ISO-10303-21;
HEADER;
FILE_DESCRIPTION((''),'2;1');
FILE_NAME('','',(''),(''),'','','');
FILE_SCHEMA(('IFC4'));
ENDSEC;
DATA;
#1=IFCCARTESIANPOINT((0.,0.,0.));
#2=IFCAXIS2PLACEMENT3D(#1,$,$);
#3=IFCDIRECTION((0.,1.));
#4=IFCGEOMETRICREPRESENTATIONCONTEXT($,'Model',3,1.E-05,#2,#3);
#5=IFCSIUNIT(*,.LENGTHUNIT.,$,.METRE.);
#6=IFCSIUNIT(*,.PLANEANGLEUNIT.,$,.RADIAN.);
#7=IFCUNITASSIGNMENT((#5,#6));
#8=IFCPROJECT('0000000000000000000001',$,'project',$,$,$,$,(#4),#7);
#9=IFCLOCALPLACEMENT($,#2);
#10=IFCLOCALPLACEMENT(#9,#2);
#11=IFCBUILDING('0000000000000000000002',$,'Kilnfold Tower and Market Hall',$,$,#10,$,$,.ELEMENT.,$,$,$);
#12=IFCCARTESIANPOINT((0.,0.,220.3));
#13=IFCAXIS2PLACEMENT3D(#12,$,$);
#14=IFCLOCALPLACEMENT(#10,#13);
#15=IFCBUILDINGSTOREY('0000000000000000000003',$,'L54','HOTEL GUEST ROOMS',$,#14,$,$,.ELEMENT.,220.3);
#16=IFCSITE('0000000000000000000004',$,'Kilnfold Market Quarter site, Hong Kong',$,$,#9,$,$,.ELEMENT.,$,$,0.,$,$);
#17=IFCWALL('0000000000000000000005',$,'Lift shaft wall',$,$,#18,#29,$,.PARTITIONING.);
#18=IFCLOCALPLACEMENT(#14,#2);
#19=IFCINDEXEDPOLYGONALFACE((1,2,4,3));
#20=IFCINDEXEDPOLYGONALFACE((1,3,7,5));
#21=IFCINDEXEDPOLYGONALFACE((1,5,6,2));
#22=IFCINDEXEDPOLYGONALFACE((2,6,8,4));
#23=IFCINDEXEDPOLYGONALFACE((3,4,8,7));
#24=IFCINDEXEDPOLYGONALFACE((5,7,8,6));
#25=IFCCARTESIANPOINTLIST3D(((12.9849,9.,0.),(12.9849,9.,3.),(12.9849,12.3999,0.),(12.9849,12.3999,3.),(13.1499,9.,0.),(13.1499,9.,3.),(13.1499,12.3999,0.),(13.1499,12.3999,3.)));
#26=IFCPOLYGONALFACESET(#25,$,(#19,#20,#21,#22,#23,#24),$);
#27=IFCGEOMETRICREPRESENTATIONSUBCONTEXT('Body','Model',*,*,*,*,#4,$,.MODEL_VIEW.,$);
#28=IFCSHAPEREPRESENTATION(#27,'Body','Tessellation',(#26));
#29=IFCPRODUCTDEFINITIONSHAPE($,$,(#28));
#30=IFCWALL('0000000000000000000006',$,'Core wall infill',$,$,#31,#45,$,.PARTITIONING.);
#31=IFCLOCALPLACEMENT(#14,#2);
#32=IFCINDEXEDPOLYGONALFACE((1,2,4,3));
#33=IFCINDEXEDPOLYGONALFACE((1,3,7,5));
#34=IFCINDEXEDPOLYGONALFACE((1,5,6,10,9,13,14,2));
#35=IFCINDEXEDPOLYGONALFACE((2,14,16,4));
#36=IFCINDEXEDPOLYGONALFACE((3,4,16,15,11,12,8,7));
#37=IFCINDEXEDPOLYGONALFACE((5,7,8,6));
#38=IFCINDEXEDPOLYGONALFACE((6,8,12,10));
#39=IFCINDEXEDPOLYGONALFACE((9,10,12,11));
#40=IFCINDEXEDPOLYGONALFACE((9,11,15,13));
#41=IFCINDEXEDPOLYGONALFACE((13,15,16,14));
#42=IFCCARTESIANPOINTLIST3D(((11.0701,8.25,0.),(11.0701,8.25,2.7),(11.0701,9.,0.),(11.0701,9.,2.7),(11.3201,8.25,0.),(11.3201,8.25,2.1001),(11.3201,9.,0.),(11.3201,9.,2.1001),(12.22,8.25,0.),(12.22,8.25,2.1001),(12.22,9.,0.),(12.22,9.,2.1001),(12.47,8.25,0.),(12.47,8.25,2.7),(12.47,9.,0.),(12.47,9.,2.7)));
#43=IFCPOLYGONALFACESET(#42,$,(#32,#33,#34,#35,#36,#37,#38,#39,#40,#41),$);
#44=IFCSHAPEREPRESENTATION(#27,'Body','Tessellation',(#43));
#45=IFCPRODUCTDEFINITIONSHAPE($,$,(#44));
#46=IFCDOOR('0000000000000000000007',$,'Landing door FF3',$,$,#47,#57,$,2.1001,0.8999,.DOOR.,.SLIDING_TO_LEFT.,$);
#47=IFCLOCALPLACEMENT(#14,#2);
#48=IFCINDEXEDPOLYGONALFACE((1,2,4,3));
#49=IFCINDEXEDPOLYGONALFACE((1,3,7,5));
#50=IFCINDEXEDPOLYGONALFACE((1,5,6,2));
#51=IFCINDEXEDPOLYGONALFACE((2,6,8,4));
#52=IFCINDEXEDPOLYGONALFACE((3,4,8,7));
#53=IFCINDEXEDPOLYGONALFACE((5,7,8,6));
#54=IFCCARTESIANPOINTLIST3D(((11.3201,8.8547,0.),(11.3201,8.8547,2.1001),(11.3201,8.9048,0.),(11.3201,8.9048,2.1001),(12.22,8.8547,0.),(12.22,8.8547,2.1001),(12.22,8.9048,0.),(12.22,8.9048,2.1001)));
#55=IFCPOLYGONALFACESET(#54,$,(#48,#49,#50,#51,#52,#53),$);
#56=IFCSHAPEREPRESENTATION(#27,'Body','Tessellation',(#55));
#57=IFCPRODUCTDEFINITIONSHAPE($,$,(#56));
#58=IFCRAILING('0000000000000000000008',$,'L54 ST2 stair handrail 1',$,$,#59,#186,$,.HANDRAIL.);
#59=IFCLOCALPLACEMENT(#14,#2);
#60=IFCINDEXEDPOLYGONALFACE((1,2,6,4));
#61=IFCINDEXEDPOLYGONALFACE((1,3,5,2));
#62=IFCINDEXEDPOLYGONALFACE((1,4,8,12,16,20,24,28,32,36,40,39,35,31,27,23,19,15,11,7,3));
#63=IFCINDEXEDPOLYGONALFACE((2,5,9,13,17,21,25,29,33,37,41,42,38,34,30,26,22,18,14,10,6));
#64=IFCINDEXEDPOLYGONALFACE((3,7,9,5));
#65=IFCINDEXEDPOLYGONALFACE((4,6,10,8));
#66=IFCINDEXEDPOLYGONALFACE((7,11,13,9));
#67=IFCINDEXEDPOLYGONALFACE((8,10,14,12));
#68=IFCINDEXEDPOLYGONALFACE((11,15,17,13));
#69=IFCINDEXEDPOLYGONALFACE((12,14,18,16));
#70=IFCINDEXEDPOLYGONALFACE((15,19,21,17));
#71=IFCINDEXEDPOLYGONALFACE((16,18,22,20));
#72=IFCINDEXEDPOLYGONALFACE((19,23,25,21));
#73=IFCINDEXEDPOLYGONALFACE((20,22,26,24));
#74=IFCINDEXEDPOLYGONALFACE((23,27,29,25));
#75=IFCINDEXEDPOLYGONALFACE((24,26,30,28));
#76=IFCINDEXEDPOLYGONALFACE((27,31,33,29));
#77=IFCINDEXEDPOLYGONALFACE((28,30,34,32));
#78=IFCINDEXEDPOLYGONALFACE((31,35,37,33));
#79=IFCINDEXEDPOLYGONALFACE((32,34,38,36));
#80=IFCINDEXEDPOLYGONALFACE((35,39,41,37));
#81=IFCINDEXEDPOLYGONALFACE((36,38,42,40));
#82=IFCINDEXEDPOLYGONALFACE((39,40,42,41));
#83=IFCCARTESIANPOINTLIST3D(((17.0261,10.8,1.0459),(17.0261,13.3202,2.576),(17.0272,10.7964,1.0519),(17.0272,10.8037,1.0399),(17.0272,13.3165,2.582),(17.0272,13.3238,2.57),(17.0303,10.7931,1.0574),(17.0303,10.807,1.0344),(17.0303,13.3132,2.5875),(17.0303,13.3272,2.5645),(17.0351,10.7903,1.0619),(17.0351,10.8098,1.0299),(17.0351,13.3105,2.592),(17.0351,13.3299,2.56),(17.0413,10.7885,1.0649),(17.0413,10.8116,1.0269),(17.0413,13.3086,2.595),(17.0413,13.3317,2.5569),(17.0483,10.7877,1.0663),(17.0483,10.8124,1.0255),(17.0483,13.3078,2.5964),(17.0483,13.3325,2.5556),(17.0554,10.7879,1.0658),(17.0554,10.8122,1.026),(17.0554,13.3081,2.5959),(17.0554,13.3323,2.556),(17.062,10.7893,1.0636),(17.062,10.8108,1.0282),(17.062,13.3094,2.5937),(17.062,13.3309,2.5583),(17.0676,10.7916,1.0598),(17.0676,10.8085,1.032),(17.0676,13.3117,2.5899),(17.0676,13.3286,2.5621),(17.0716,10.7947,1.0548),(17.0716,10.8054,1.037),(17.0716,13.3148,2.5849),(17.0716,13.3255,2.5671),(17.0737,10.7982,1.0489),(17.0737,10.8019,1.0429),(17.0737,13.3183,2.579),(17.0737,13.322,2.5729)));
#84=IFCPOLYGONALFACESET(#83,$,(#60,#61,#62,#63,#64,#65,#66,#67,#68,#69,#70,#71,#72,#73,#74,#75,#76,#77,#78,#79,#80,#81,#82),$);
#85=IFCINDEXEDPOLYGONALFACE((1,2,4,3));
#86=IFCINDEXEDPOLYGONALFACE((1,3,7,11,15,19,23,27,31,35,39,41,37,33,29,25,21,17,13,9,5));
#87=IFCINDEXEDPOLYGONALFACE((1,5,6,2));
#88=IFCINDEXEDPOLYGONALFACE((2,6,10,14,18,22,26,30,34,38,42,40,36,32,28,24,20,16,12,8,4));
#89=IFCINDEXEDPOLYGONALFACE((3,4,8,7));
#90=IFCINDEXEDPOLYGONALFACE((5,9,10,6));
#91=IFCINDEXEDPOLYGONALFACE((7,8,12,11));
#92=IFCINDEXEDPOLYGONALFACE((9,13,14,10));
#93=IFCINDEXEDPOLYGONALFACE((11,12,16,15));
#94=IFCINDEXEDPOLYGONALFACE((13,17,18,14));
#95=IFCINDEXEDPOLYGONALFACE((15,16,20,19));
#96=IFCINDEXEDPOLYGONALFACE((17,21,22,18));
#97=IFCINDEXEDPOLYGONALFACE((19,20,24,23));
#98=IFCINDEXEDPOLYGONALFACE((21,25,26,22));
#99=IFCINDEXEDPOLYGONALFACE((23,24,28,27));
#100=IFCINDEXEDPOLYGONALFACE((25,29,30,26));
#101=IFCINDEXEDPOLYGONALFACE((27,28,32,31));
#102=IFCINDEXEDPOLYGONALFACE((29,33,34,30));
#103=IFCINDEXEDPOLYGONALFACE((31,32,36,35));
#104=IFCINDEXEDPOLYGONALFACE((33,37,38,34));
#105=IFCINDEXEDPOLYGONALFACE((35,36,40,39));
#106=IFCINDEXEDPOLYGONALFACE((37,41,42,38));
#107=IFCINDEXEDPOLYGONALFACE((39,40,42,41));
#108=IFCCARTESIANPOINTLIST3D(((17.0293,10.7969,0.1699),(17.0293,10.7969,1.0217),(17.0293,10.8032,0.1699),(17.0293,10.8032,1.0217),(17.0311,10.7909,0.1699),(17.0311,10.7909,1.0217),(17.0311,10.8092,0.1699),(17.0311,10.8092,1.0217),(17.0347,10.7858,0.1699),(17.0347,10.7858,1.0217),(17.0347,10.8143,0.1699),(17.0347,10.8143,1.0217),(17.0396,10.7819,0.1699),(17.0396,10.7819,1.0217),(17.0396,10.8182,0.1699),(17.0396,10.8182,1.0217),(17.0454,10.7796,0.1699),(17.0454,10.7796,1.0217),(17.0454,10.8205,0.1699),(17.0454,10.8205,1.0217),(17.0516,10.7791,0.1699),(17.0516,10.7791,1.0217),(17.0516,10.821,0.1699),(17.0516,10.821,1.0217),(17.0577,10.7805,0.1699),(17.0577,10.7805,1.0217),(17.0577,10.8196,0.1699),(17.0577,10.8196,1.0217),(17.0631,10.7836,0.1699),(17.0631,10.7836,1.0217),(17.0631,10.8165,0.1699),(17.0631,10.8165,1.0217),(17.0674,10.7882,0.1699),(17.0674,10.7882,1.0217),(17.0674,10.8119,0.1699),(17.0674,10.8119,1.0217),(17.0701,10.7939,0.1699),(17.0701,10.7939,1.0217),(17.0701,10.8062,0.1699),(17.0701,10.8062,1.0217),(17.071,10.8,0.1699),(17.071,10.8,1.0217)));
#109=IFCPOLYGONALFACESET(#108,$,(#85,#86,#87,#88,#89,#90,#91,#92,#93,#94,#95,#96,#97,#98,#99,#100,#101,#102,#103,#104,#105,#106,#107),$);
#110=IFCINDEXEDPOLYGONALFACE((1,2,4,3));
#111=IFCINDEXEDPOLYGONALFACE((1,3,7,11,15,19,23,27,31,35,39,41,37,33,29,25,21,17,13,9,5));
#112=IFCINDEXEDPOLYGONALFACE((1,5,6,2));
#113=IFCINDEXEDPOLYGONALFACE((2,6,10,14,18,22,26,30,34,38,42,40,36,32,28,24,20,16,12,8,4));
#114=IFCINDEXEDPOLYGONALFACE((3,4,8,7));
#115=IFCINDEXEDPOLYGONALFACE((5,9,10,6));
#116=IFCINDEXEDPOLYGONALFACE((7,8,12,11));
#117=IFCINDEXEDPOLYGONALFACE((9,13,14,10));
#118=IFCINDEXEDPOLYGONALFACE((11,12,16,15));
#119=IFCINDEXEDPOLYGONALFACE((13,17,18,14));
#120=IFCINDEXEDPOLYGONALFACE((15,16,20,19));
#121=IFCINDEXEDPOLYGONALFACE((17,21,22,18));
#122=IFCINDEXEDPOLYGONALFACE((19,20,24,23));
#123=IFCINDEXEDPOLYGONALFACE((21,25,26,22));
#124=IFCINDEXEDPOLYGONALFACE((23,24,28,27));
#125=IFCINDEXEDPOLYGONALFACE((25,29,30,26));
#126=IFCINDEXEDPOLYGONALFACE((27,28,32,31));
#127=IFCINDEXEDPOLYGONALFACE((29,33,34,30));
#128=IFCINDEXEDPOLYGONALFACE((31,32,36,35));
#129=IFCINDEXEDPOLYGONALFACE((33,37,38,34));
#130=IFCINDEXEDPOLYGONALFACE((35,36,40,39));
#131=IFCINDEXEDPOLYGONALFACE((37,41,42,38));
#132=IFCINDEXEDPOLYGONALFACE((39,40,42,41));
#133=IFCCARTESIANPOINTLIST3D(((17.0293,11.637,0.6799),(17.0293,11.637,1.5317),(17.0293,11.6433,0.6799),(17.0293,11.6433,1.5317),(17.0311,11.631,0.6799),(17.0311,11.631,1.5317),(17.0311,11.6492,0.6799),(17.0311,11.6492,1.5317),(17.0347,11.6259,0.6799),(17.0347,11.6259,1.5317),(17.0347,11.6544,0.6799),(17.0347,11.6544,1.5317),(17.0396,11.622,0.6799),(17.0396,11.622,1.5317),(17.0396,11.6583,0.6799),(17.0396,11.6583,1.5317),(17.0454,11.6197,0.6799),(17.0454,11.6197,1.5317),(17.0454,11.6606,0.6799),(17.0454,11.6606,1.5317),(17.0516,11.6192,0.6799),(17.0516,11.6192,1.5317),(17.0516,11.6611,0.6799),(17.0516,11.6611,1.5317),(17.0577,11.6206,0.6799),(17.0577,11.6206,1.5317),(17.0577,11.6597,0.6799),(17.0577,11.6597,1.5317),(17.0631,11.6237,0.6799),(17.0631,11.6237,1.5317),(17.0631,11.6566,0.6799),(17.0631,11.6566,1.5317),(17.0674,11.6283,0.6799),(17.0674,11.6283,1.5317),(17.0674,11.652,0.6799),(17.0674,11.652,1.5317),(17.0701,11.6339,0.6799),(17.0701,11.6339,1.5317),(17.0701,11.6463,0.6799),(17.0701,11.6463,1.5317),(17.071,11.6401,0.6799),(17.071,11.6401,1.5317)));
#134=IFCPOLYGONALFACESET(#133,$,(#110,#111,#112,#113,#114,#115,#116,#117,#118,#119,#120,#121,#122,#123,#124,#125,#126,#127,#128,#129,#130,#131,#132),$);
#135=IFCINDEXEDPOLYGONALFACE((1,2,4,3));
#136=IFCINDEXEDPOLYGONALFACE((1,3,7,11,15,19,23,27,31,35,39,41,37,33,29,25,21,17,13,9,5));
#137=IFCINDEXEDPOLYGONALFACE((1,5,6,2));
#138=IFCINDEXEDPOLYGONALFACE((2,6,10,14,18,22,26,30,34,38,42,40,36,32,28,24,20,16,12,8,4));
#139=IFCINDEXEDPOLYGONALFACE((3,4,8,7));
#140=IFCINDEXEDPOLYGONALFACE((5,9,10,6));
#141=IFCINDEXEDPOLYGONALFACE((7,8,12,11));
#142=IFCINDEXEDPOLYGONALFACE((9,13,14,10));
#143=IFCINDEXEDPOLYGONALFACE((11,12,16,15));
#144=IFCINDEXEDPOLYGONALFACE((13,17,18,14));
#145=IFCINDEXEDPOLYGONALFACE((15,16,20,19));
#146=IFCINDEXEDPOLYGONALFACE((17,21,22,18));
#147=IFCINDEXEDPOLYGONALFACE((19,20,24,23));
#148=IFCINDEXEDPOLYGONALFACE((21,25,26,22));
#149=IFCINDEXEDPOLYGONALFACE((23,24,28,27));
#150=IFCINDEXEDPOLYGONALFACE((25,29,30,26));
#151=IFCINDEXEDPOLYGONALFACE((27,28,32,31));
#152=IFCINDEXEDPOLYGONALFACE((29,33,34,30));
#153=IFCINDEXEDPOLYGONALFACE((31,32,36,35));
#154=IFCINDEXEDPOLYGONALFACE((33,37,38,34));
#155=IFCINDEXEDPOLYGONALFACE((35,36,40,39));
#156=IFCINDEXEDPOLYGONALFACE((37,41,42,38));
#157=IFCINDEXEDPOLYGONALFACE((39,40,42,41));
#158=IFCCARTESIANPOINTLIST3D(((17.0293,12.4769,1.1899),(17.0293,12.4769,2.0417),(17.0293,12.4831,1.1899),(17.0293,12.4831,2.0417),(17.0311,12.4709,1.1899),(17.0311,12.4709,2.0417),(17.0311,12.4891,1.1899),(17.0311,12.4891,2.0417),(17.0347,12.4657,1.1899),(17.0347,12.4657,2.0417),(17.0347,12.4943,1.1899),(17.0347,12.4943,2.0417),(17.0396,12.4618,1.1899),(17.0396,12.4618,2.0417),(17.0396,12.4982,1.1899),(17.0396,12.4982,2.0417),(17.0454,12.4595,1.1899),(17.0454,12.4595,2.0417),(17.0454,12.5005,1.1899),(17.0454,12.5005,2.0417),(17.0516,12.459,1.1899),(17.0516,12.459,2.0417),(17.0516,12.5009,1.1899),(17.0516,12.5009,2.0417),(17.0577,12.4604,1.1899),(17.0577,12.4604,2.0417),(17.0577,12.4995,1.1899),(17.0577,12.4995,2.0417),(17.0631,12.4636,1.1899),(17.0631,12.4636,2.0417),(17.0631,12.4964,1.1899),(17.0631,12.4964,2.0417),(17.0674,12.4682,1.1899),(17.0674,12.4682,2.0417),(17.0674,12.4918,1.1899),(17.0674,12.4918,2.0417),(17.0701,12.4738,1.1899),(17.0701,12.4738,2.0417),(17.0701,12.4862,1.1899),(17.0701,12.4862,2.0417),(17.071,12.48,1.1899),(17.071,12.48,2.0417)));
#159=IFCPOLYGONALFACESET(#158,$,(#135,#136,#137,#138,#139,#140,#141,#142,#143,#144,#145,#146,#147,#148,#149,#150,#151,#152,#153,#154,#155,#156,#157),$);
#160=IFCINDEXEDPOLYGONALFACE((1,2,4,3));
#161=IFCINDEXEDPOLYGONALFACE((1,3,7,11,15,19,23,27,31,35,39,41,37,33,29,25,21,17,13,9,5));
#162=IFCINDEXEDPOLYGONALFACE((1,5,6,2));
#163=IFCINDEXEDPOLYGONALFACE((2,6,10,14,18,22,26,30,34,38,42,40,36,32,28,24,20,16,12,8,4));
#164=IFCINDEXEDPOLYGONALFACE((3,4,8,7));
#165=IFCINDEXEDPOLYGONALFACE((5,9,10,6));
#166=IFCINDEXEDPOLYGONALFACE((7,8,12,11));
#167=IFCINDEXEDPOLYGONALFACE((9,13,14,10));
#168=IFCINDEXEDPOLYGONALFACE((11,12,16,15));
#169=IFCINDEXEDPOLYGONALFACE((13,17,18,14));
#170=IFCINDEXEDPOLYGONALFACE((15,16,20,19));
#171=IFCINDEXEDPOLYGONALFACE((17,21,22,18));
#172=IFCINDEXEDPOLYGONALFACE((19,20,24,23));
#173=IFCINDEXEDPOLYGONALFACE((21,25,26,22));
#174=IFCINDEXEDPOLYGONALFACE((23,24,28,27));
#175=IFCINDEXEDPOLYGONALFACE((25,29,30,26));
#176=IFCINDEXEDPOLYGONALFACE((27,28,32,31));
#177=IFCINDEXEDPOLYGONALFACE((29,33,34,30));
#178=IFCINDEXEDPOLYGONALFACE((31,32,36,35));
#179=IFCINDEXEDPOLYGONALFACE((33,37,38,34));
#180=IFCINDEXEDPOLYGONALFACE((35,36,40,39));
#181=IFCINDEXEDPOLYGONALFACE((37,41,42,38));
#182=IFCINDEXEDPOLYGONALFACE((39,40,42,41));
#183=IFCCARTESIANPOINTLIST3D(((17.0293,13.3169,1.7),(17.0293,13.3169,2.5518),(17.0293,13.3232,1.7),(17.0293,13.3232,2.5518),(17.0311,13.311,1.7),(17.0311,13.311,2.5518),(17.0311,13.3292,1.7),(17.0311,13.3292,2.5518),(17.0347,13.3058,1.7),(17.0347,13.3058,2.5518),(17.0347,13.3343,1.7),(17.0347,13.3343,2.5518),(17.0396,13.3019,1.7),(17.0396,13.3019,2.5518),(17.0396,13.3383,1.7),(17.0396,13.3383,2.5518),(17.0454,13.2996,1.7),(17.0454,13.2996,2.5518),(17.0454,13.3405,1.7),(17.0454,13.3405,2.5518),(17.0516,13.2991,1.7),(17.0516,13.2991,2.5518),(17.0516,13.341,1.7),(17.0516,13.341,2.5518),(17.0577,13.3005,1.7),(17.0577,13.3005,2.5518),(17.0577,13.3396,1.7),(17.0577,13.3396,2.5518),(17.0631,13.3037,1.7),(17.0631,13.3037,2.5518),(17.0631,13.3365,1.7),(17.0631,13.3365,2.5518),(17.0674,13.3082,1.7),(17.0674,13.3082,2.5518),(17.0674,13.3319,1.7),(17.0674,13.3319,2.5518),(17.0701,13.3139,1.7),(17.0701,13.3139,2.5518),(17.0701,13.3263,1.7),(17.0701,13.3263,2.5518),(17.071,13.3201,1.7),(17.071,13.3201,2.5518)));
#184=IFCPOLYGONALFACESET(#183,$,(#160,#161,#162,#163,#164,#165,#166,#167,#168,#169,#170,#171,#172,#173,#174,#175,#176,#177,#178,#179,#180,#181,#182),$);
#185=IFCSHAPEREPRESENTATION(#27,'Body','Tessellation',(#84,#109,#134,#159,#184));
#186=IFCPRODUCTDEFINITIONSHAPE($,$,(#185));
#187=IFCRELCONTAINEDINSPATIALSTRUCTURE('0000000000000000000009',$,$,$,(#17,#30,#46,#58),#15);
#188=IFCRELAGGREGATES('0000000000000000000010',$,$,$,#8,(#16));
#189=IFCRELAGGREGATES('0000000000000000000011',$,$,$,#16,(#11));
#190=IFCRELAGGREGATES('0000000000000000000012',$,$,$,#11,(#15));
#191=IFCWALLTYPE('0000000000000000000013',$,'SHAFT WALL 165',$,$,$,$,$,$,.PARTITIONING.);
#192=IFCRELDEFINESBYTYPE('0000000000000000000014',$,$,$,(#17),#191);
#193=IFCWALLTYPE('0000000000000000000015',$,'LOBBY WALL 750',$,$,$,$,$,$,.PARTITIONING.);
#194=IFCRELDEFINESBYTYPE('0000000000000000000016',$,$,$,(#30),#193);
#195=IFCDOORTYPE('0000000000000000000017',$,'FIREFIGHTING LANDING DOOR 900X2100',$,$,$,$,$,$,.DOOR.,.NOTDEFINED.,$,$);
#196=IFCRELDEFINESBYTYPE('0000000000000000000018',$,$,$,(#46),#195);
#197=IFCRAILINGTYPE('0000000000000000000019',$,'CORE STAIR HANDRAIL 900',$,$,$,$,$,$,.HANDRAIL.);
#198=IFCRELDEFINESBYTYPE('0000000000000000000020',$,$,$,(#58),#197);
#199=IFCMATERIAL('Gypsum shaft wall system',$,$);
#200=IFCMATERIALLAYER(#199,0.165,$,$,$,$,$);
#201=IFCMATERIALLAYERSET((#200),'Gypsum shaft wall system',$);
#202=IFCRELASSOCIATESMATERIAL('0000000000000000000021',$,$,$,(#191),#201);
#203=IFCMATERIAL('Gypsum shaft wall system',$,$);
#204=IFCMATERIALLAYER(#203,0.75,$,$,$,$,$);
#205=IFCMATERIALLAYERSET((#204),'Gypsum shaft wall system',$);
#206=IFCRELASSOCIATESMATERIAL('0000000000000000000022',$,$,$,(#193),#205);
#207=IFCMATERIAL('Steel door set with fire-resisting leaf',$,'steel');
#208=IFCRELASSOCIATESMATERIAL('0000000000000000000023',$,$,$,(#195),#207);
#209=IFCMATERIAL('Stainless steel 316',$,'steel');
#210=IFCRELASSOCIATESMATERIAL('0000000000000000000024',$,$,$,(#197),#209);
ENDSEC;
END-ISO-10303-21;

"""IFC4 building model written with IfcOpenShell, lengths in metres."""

from ifc_helpers import new_model, si_unit, direction, frame, frame_2d, origin, origin_2d, place, context, subcontext, project, spatial, rectangle, circle, extrude, source, transform, mapped, material, layer, layer_set, type_object, element, fill, save


model = new_model("IFC4")

# Units and contexts
model_context = context("Model", 3, precision=1e-05, world=origin(), true_north=direction((0.0, 1.0)))
body_context = subcontext(model_context, "Body", "Model", "MODEL_VIEW")
ifc_project = project(units=[si_unit("LENGTHUNIT", "METRE"), si_unit("PLANEANGLEUNIT", "RADIAN")], contexts=[model_context])

# Site, building, storey
site_placement = place(None, origin())
site = spatial("IfcSite", under=ifc_project, at=site_placement, Name="Kilnfold Market Quarter site, Hong Kong", CompositionType="ELEMENT", RefElevation=0.0)
building_placement = place(site_placement, origin())
building = spatial("IfcBuilding", under=site, at=building_placement, Name="Kilnfold Tower and Market Hall", CompositionType="ELEMENT")
storey_placement = place(building_placement, frame((0.0, 0.0, 220.3)))
storey = spatial("IfcBuildingStorey", under=building, at=storey_placement, Name="L54", Description="HOTEL GUEST ROOMS", CompositionType="ELEMENT", Elevation=220.3)

# Wall
ifc_material_1 = material(Name="Gypsum shaft wall system")
ifc_layer_1 = layer(ifc_material_1, 0.165)
ifc_layer_set_1 = layer_set([ifc_layer_1], Name="Gypsum shaft wall system")
wall_type_1 = type_object("IfcWallType", Name="SHAFT WALL 165", PredefinedType="PARTITIONING", material=ifc_layer_set_1)
shared_shape_1 = source(origin(), body_context, "Body", "SweptSolid", [
    extrude(rectangle(XDim=3.3999, YDim=0.165, at=frame_2d((1.7, 0.0))), origin(), (0.0, 0.0, 1.0), 3.0),
])
wall_1_placement = place(storey_placement, frame((13.0674, 9.0, 0.0), z_axis=(0.0, 0.0, 1.0), x_axis=(0.0, 1.0, 0.0)))
element("IfcWall", 1, at=wall_1_placement, inside=storey, type_object=wall_type_1, Name="Lift shaft wall", PredefinedType="PARTITIONING", context=body_context, shape_type="MappedRepresentation", body=[
    mapped(shared_shape_1, transform((0.0, 0.0, 0.0))),
])

# Wall, opening, door
ifc_material_2 = material(Name="Gypsum shaft wall system")
ifc_layer_2 = layer(ifc_material_2, 0.75)
ifc_layer_set_2 = layer_set([ifc_layer_2], Name="Gypsum shaft wall system")
wall_type_2 = type_object("IfcWallType", Name="LOBBY WALL 750", PredefinedType="PARTITIONING", material=ifc_layer_set_2)
shared_shape_2 = source(origin(), body_context, "Body", "SweptSolid", [
    extrude(rectangle(XDim=1.3999, YDim=0.75, at=frame_2d((0.7, 0.0))), origin(), (0.0, 0.0, 1.0), 2.7),
])
wall_2_placement = place(storey_placement, frame((11.0701, 8.625, 0.0), z_axis=(0.0, 0.0, 1.0), x_axis=(1.0, 0.0, 0.0)))
wall_2 = element("IfcWall", 2, at=wall_2_placement, inside=storey, type_object=wall_type_2, Name="Core wall infill", PredefinedType="PARTITIONING", context=body_context, shape_type="MappedRepresentation", body=[
    mapped(shared_shape_2, transform((0.0, 0.0, 0.0))),
])
opening_1_placement = place(wall_2_placement, frame((0.25, 0.0, 0.0)))
opening_1 = element("IfcOpeningElement", 3, at=opening_1_placement, cuts=wall_2, PredefinedType="OPENING", context=body_context, shape_type="SweptSolid", body=[
    extrude(rectangle(XDim=0.8999, YDim=2.1001, at=frame_2d((0.45, 1.05))), frame((0.0, 0.385, 0.0), z_axis=(0.0, -1.0, 0.0), x_axis=(1.0, 0.0, 0.0)), (0.0, 0.0, 1.0), 0.77),
])
ifc_material_3 = material(Name="Steel door set with fire-resisting leaf", Category="steel")
door_type_1 = type_object("IfcDoorType", Name="FIREFIGHTING LANDING DOOR 900X2100", OperationType="NOTDEFINED", PredefinedType="DOOR", material=ifc_material_3)
door_1_placement = place(opening_1_placement, origin())
door_1 = element("IfcDoor", 4, at=door_1_placement, inside=storey, type_object=door_type_1, Name="Landing door FF3", OperationType="SLIDING_TO_LEFT", OverallHeight=2.1001, OverallWidth=0.8999, PredefinedType="DOOR", context=body_context, shape_type="SweptSolid", body=[
    extrude(rectangle(XDim=0.8999, YDim=2.1001, at=frame_2d((0.45, 1.05))), frame((0.0, 0.2798, 0.0), z_axis=(0.0, -1.0, 0.0), x_axis=(1.0, 0.0, 0.0)), (0.0, 0.0, 1.0), 0.05),
])
fill(opening_1, door_1)

# Railing
ifc_material_4 = material(Name="Stainless steel 316", Category="steel")
railing_type_1 = type_object("IfcRailingType", Name="CORE STAIR HANDRAIL 900", PredefinedType="HANDRAIL", material=ifc_material_4)
railing_1_placement = place(storey_placement, frame((17.05, 10.8, 0.1699)))
element("IfcRailing", 5, at=railing_1_placement, inside=storey, type_object=railing_type_1, Name="L54 ST2 stair handrail 1", PredefinedType="HANDRAIL", context=body_context, shape_type="SweptSolid", body=[
    extrude(circle(Radius=0.0239, at=origin_2d()), frame((0.0, 0.0, 0.876), z_axis=(0.0, 0.854785, 0.518982), x_axis=(-1.0, 0.0, 0.0)), (0.0, 0.0, 1.0), 2.9482),
    extrude(circle(Radius=0.021, at=origin_2d()), origin(), (0.0, 0.0, 1.0), 0.8518),
    extrude(circle(Radius=0.021, at=origin_2d()), frame((0.0, 0.8401, 0.51)), (0.0, 0.0, 1.0), 0.8518),
    extrude(circle(Radius=0.021, at=origin_2d()), frame((0.0, 1.6799, 1.02)), (0.0, 0.0, 1.0), 0.8518),
    extrude(circle(Radius=0.021, at=origin_2d()), frame((0.0, 2.52, 1.53)), (0.0, 0.0, 1.0), 0.8518),
])

save(model, "model.ifc")
